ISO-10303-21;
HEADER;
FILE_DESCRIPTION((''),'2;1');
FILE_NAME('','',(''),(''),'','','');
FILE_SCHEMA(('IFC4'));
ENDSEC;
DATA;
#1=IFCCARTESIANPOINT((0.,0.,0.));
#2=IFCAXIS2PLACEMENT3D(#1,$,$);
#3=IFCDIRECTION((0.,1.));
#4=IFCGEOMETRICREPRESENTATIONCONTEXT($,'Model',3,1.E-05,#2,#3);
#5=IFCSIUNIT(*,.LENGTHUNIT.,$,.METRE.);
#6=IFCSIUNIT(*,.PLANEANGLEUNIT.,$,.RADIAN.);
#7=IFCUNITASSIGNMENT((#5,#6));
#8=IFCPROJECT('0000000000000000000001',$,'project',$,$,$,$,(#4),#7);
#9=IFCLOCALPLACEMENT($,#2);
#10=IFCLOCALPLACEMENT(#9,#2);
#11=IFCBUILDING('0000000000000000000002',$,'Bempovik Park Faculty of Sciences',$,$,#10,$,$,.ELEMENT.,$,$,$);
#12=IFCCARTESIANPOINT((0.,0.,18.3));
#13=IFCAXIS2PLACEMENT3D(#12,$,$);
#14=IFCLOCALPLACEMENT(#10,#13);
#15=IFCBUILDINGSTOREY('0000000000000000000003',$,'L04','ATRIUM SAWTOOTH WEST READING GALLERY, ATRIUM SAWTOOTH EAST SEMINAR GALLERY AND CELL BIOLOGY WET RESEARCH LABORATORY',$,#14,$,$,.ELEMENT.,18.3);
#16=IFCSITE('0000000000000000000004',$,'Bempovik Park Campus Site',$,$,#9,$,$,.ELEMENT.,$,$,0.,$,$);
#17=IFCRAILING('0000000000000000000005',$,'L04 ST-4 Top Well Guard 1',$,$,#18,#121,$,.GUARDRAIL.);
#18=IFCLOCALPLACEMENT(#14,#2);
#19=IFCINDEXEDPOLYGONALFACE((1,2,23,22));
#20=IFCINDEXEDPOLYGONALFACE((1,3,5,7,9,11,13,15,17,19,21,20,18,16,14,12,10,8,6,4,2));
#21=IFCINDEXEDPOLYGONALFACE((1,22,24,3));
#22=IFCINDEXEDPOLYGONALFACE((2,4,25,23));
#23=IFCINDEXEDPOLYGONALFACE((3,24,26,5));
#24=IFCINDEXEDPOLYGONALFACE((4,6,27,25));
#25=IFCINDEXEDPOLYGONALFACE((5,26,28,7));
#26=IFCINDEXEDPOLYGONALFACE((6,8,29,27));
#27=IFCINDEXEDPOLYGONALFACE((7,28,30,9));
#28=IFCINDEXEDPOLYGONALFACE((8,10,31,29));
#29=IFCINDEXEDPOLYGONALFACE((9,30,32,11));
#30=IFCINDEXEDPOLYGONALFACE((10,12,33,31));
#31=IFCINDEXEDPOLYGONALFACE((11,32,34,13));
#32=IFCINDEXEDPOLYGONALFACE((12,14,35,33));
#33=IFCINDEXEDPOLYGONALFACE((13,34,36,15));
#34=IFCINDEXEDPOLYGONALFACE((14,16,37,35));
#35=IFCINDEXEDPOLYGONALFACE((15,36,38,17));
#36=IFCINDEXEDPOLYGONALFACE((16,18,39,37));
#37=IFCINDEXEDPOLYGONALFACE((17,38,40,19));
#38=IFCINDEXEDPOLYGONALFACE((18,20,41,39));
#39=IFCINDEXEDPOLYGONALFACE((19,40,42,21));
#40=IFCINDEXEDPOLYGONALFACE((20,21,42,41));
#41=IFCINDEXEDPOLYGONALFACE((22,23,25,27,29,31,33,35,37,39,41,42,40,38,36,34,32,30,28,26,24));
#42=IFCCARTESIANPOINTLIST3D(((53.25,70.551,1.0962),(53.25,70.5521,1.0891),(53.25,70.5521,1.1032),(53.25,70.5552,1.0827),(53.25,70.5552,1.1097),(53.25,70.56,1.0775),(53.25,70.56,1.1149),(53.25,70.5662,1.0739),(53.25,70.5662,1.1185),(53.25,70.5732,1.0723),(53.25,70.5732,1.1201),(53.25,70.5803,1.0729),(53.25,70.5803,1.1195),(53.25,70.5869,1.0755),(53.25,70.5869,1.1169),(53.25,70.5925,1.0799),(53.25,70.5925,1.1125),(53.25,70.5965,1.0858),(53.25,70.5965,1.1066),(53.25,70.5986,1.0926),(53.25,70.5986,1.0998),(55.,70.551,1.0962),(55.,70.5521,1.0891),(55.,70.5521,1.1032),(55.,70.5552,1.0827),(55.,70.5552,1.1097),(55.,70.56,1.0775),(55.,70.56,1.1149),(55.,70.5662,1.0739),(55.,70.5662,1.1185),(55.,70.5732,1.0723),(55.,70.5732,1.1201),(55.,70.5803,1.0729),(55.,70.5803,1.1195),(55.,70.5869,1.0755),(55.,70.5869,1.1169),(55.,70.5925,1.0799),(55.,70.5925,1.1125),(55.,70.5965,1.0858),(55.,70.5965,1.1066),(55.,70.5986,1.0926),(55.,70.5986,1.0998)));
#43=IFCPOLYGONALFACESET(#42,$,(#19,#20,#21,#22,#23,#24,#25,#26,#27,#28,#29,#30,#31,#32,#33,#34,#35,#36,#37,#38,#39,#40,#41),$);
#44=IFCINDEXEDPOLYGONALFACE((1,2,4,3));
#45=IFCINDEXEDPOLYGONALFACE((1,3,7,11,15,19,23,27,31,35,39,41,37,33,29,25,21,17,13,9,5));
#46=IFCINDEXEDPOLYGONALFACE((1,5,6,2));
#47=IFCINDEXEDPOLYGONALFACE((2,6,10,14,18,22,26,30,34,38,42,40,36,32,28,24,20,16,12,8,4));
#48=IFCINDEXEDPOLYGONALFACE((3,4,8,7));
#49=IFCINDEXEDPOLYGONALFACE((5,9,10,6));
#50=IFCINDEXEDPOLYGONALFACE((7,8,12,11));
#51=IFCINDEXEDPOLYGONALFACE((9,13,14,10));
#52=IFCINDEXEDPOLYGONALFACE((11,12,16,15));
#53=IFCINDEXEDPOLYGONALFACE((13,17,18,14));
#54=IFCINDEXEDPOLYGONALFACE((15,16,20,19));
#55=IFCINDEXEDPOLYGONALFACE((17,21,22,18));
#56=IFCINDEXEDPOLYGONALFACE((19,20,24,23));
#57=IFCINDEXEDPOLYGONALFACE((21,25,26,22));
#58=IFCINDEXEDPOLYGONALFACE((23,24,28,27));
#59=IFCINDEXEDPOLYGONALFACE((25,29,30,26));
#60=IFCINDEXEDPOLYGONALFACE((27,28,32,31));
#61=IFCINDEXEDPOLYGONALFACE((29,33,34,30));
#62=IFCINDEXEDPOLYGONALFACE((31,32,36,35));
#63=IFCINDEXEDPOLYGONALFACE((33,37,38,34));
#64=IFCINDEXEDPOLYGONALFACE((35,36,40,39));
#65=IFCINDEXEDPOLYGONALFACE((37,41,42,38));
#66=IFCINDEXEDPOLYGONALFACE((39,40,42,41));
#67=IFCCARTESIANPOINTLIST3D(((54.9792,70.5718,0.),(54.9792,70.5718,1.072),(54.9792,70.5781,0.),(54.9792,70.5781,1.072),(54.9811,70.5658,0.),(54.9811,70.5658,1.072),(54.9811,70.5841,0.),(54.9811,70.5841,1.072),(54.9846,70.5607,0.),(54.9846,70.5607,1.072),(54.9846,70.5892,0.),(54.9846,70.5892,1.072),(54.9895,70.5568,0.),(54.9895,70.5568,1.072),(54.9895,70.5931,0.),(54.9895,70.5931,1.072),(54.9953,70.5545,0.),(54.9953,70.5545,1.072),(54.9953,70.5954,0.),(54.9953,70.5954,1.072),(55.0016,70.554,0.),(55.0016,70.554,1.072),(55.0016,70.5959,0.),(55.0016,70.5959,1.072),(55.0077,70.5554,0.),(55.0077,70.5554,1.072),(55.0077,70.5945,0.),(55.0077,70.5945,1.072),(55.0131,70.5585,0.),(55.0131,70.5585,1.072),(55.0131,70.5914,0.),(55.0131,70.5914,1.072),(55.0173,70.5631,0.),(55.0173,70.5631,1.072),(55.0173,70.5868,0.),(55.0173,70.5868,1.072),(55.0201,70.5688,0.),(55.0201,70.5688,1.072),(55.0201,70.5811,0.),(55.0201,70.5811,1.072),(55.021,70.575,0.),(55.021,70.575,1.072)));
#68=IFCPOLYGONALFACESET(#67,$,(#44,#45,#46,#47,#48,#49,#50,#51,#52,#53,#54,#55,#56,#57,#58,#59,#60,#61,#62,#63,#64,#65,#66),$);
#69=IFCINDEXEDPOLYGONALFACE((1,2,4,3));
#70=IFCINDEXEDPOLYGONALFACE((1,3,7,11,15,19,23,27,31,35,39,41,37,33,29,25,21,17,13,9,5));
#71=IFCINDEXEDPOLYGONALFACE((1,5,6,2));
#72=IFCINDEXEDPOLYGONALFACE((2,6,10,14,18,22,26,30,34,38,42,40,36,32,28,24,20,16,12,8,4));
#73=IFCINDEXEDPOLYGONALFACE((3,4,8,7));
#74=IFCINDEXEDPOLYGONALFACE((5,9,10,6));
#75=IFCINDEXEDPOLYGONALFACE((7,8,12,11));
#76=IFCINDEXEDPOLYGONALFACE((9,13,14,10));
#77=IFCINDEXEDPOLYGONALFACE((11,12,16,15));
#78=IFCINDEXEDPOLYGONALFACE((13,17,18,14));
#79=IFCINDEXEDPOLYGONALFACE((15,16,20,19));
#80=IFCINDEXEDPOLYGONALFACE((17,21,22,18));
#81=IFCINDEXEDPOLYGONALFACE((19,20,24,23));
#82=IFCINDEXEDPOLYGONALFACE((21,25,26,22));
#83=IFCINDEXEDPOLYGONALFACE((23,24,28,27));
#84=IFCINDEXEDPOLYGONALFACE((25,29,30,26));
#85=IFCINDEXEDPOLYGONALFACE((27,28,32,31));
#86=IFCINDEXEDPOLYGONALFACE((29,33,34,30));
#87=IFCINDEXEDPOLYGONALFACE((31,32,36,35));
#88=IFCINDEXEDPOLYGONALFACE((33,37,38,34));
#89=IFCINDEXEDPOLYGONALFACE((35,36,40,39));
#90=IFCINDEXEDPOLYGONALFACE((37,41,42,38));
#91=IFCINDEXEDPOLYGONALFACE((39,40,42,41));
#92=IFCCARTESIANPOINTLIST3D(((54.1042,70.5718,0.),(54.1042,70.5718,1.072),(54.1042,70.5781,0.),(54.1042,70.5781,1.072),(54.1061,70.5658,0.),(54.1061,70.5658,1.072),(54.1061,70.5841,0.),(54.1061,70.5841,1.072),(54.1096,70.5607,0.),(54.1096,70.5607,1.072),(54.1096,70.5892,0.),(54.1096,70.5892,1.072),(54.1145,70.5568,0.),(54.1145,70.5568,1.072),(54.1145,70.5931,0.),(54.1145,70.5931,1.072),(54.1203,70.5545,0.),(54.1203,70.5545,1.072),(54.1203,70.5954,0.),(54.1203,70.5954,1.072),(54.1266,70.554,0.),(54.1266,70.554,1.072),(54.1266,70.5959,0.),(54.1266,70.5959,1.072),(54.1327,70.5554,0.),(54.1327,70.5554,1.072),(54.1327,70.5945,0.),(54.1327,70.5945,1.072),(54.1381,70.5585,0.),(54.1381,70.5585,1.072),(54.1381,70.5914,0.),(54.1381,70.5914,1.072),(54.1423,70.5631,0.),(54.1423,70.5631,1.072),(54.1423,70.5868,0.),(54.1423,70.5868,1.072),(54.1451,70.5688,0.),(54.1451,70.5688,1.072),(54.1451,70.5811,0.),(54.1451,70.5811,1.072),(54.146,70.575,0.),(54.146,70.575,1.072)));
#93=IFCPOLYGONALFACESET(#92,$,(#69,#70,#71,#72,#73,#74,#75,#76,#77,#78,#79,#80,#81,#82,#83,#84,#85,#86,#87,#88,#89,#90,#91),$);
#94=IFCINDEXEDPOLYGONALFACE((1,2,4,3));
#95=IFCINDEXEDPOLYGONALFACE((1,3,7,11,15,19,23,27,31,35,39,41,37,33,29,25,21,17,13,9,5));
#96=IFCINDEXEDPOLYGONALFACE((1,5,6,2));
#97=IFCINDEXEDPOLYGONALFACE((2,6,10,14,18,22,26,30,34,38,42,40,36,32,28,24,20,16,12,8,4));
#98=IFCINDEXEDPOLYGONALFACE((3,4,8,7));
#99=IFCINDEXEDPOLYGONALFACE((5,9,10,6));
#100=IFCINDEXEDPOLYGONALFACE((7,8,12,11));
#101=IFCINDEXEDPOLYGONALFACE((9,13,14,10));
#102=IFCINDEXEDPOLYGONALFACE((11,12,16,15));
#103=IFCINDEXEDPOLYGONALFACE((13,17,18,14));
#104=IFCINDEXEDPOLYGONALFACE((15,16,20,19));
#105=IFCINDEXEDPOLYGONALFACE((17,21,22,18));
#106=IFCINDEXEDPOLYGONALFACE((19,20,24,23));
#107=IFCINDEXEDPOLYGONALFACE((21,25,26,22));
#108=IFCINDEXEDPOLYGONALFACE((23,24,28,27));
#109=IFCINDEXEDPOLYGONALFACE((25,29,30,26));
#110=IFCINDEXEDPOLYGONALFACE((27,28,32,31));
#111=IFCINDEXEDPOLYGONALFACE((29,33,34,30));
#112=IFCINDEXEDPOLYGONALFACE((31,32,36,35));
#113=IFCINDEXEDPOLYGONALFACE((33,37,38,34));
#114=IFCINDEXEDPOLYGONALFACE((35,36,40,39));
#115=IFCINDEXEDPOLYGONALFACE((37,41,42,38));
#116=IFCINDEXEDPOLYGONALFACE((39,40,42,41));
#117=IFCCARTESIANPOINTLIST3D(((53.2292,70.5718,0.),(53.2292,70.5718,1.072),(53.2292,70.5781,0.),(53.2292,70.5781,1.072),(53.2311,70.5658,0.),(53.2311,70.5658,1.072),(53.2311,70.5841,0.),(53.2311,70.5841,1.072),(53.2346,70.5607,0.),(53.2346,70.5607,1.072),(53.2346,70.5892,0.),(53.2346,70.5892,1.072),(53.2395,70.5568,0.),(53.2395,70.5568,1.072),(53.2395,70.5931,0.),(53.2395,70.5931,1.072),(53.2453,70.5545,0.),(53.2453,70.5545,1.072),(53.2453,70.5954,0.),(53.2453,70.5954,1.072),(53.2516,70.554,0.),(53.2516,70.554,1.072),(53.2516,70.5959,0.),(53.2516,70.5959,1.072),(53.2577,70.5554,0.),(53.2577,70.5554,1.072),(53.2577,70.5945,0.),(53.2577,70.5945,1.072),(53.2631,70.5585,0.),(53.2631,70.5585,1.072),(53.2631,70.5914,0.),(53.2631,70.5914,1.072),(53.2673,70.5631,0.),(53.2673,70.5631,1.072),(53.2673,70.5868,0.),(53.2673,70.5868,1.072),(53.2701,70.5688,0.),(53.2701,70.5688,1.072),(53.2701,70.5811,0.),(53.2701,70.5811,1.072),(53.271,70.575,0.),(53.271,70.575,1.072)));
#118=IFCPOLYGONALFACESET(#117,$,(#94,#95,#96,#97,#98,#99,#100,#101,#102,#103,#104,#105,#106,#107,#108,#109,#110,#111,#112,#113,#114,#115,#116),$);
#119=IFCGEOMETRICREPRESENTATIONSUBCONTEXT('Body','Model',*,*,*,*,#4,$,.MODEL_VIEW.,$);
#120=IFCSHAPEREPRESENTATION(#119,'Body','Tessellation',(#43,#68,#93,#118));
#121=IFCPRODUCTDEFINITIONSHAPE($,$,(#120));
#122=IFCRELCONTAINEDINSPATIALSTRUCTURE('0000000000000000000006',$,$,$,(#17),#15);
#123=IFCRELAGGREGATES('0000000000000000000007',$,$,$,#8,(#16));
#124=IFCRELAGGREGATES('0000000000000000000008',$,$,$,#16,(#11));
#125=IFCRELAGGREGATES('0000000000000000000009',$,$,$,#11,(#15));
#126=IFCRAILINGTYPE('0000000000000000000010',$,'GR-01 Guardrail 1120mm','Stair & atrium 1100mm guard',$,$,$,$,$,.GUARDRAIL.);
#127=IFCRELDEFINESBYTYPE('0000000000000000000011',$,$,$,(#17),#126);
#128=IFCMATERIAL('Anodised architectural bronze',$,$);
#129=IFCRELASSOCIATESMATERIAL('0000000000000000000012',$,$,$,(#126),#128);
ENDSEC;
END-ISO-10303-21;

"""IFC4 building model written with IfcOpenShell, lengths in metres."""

from ifc_helpers import new_model, si_unit, direction, frame, origin, origin_2d, place, context, subcontext, project, spatial, circle, extrude, material, type_object, element, save


model = new_model("IFC4")

# Units and contexts
model_context = context("Model", 3, precision=1e-05, world=origin(), true_north=direction((0.0, 1.0)))
body_context = subcontext(model_context, "Body", "Model", "MODEL_VIEW")
ifc_project = project(units=[si_unit("LENGTHUNIT", "METRE"), si_unit("PLANEANGLEUNIT", "RADIAN")], contexts=[model_context])

# Site, building, storey
site_placement = place(None, origin())
site = spatial("IfcSite", under=ifc_project, at=site_placement, Name="Bempovik Park Campus Site", CompositionType="ELEMENT", RefElevation=0.0)
building_placement = place(site_placement, origin())
building = spatial("IfcBuilding", under=site, at=building_placement, Name="Bempovik Park Faculty of Sciences", CompositionType="ELEMENT")
storey_placement = place(building_placement, frame((0.0, 0.0, 18.3)))
storey = spatial("IfcBuildingStorey", under=building, at=storey_placement, Name="L04", Description="ATRIUM SAWTOOTH WEST READING GALLERY, ATRIUM SAWTOOTH EAST SEMINAR GALLERY AND CELL BIOLOGY WET RESEARCH LABORATORY", CompositionType="ELEMENT", Elevation=18.3)

# Shared definitions
ifc_material_1 = material(Name="Anodised architectural bronze")

# Railing
railing_type = type_object("IfcRailingType", Name="GR-01 Guardrail 1120mm", Description="Stair & atrium 1100mm guard", PredefinedType="GUARDRAIL", material=ifc_material_1)
railing_placement = place(storey_placement, frame((55.0, 70.575, 0.0)))
element("IfcRailing", 1, at=railing_placement, inside=storey, type_object=railing_type, Name="L04 ST-4 Top Well Guard 1", PredefinedType="GUARDRAIL", context=body_context, shape_type="SweptSolid", body=[
    extrude(circle(Radius=0.0239, at=origin_2d()), frame((0.0, 0.0, 1.0962), z_axis=(-1.0, 0.0, 0.0), x_axis=(0.0, -1.0, 0.0)), (0.0, 0.0, 1.0), 1.75),
    extrude(circle(Radius=0.021, at=origin_2d()), origin(), (0.0, 0.0, 1.0), 1.072),
    extrude(circle(Radius=0.021, at=origin_2d()), frame((-0.875, 0.0, 0.0)), (0.0, 0.0, 1.0), 1.072),
    extrude(circle(Radius=0.021, at=origin_2d()), frame((-1.75, 0.0, 0.0)), (0.0, 0.0, 1.0), 1.072),
])

save(model, "model.ifc")
